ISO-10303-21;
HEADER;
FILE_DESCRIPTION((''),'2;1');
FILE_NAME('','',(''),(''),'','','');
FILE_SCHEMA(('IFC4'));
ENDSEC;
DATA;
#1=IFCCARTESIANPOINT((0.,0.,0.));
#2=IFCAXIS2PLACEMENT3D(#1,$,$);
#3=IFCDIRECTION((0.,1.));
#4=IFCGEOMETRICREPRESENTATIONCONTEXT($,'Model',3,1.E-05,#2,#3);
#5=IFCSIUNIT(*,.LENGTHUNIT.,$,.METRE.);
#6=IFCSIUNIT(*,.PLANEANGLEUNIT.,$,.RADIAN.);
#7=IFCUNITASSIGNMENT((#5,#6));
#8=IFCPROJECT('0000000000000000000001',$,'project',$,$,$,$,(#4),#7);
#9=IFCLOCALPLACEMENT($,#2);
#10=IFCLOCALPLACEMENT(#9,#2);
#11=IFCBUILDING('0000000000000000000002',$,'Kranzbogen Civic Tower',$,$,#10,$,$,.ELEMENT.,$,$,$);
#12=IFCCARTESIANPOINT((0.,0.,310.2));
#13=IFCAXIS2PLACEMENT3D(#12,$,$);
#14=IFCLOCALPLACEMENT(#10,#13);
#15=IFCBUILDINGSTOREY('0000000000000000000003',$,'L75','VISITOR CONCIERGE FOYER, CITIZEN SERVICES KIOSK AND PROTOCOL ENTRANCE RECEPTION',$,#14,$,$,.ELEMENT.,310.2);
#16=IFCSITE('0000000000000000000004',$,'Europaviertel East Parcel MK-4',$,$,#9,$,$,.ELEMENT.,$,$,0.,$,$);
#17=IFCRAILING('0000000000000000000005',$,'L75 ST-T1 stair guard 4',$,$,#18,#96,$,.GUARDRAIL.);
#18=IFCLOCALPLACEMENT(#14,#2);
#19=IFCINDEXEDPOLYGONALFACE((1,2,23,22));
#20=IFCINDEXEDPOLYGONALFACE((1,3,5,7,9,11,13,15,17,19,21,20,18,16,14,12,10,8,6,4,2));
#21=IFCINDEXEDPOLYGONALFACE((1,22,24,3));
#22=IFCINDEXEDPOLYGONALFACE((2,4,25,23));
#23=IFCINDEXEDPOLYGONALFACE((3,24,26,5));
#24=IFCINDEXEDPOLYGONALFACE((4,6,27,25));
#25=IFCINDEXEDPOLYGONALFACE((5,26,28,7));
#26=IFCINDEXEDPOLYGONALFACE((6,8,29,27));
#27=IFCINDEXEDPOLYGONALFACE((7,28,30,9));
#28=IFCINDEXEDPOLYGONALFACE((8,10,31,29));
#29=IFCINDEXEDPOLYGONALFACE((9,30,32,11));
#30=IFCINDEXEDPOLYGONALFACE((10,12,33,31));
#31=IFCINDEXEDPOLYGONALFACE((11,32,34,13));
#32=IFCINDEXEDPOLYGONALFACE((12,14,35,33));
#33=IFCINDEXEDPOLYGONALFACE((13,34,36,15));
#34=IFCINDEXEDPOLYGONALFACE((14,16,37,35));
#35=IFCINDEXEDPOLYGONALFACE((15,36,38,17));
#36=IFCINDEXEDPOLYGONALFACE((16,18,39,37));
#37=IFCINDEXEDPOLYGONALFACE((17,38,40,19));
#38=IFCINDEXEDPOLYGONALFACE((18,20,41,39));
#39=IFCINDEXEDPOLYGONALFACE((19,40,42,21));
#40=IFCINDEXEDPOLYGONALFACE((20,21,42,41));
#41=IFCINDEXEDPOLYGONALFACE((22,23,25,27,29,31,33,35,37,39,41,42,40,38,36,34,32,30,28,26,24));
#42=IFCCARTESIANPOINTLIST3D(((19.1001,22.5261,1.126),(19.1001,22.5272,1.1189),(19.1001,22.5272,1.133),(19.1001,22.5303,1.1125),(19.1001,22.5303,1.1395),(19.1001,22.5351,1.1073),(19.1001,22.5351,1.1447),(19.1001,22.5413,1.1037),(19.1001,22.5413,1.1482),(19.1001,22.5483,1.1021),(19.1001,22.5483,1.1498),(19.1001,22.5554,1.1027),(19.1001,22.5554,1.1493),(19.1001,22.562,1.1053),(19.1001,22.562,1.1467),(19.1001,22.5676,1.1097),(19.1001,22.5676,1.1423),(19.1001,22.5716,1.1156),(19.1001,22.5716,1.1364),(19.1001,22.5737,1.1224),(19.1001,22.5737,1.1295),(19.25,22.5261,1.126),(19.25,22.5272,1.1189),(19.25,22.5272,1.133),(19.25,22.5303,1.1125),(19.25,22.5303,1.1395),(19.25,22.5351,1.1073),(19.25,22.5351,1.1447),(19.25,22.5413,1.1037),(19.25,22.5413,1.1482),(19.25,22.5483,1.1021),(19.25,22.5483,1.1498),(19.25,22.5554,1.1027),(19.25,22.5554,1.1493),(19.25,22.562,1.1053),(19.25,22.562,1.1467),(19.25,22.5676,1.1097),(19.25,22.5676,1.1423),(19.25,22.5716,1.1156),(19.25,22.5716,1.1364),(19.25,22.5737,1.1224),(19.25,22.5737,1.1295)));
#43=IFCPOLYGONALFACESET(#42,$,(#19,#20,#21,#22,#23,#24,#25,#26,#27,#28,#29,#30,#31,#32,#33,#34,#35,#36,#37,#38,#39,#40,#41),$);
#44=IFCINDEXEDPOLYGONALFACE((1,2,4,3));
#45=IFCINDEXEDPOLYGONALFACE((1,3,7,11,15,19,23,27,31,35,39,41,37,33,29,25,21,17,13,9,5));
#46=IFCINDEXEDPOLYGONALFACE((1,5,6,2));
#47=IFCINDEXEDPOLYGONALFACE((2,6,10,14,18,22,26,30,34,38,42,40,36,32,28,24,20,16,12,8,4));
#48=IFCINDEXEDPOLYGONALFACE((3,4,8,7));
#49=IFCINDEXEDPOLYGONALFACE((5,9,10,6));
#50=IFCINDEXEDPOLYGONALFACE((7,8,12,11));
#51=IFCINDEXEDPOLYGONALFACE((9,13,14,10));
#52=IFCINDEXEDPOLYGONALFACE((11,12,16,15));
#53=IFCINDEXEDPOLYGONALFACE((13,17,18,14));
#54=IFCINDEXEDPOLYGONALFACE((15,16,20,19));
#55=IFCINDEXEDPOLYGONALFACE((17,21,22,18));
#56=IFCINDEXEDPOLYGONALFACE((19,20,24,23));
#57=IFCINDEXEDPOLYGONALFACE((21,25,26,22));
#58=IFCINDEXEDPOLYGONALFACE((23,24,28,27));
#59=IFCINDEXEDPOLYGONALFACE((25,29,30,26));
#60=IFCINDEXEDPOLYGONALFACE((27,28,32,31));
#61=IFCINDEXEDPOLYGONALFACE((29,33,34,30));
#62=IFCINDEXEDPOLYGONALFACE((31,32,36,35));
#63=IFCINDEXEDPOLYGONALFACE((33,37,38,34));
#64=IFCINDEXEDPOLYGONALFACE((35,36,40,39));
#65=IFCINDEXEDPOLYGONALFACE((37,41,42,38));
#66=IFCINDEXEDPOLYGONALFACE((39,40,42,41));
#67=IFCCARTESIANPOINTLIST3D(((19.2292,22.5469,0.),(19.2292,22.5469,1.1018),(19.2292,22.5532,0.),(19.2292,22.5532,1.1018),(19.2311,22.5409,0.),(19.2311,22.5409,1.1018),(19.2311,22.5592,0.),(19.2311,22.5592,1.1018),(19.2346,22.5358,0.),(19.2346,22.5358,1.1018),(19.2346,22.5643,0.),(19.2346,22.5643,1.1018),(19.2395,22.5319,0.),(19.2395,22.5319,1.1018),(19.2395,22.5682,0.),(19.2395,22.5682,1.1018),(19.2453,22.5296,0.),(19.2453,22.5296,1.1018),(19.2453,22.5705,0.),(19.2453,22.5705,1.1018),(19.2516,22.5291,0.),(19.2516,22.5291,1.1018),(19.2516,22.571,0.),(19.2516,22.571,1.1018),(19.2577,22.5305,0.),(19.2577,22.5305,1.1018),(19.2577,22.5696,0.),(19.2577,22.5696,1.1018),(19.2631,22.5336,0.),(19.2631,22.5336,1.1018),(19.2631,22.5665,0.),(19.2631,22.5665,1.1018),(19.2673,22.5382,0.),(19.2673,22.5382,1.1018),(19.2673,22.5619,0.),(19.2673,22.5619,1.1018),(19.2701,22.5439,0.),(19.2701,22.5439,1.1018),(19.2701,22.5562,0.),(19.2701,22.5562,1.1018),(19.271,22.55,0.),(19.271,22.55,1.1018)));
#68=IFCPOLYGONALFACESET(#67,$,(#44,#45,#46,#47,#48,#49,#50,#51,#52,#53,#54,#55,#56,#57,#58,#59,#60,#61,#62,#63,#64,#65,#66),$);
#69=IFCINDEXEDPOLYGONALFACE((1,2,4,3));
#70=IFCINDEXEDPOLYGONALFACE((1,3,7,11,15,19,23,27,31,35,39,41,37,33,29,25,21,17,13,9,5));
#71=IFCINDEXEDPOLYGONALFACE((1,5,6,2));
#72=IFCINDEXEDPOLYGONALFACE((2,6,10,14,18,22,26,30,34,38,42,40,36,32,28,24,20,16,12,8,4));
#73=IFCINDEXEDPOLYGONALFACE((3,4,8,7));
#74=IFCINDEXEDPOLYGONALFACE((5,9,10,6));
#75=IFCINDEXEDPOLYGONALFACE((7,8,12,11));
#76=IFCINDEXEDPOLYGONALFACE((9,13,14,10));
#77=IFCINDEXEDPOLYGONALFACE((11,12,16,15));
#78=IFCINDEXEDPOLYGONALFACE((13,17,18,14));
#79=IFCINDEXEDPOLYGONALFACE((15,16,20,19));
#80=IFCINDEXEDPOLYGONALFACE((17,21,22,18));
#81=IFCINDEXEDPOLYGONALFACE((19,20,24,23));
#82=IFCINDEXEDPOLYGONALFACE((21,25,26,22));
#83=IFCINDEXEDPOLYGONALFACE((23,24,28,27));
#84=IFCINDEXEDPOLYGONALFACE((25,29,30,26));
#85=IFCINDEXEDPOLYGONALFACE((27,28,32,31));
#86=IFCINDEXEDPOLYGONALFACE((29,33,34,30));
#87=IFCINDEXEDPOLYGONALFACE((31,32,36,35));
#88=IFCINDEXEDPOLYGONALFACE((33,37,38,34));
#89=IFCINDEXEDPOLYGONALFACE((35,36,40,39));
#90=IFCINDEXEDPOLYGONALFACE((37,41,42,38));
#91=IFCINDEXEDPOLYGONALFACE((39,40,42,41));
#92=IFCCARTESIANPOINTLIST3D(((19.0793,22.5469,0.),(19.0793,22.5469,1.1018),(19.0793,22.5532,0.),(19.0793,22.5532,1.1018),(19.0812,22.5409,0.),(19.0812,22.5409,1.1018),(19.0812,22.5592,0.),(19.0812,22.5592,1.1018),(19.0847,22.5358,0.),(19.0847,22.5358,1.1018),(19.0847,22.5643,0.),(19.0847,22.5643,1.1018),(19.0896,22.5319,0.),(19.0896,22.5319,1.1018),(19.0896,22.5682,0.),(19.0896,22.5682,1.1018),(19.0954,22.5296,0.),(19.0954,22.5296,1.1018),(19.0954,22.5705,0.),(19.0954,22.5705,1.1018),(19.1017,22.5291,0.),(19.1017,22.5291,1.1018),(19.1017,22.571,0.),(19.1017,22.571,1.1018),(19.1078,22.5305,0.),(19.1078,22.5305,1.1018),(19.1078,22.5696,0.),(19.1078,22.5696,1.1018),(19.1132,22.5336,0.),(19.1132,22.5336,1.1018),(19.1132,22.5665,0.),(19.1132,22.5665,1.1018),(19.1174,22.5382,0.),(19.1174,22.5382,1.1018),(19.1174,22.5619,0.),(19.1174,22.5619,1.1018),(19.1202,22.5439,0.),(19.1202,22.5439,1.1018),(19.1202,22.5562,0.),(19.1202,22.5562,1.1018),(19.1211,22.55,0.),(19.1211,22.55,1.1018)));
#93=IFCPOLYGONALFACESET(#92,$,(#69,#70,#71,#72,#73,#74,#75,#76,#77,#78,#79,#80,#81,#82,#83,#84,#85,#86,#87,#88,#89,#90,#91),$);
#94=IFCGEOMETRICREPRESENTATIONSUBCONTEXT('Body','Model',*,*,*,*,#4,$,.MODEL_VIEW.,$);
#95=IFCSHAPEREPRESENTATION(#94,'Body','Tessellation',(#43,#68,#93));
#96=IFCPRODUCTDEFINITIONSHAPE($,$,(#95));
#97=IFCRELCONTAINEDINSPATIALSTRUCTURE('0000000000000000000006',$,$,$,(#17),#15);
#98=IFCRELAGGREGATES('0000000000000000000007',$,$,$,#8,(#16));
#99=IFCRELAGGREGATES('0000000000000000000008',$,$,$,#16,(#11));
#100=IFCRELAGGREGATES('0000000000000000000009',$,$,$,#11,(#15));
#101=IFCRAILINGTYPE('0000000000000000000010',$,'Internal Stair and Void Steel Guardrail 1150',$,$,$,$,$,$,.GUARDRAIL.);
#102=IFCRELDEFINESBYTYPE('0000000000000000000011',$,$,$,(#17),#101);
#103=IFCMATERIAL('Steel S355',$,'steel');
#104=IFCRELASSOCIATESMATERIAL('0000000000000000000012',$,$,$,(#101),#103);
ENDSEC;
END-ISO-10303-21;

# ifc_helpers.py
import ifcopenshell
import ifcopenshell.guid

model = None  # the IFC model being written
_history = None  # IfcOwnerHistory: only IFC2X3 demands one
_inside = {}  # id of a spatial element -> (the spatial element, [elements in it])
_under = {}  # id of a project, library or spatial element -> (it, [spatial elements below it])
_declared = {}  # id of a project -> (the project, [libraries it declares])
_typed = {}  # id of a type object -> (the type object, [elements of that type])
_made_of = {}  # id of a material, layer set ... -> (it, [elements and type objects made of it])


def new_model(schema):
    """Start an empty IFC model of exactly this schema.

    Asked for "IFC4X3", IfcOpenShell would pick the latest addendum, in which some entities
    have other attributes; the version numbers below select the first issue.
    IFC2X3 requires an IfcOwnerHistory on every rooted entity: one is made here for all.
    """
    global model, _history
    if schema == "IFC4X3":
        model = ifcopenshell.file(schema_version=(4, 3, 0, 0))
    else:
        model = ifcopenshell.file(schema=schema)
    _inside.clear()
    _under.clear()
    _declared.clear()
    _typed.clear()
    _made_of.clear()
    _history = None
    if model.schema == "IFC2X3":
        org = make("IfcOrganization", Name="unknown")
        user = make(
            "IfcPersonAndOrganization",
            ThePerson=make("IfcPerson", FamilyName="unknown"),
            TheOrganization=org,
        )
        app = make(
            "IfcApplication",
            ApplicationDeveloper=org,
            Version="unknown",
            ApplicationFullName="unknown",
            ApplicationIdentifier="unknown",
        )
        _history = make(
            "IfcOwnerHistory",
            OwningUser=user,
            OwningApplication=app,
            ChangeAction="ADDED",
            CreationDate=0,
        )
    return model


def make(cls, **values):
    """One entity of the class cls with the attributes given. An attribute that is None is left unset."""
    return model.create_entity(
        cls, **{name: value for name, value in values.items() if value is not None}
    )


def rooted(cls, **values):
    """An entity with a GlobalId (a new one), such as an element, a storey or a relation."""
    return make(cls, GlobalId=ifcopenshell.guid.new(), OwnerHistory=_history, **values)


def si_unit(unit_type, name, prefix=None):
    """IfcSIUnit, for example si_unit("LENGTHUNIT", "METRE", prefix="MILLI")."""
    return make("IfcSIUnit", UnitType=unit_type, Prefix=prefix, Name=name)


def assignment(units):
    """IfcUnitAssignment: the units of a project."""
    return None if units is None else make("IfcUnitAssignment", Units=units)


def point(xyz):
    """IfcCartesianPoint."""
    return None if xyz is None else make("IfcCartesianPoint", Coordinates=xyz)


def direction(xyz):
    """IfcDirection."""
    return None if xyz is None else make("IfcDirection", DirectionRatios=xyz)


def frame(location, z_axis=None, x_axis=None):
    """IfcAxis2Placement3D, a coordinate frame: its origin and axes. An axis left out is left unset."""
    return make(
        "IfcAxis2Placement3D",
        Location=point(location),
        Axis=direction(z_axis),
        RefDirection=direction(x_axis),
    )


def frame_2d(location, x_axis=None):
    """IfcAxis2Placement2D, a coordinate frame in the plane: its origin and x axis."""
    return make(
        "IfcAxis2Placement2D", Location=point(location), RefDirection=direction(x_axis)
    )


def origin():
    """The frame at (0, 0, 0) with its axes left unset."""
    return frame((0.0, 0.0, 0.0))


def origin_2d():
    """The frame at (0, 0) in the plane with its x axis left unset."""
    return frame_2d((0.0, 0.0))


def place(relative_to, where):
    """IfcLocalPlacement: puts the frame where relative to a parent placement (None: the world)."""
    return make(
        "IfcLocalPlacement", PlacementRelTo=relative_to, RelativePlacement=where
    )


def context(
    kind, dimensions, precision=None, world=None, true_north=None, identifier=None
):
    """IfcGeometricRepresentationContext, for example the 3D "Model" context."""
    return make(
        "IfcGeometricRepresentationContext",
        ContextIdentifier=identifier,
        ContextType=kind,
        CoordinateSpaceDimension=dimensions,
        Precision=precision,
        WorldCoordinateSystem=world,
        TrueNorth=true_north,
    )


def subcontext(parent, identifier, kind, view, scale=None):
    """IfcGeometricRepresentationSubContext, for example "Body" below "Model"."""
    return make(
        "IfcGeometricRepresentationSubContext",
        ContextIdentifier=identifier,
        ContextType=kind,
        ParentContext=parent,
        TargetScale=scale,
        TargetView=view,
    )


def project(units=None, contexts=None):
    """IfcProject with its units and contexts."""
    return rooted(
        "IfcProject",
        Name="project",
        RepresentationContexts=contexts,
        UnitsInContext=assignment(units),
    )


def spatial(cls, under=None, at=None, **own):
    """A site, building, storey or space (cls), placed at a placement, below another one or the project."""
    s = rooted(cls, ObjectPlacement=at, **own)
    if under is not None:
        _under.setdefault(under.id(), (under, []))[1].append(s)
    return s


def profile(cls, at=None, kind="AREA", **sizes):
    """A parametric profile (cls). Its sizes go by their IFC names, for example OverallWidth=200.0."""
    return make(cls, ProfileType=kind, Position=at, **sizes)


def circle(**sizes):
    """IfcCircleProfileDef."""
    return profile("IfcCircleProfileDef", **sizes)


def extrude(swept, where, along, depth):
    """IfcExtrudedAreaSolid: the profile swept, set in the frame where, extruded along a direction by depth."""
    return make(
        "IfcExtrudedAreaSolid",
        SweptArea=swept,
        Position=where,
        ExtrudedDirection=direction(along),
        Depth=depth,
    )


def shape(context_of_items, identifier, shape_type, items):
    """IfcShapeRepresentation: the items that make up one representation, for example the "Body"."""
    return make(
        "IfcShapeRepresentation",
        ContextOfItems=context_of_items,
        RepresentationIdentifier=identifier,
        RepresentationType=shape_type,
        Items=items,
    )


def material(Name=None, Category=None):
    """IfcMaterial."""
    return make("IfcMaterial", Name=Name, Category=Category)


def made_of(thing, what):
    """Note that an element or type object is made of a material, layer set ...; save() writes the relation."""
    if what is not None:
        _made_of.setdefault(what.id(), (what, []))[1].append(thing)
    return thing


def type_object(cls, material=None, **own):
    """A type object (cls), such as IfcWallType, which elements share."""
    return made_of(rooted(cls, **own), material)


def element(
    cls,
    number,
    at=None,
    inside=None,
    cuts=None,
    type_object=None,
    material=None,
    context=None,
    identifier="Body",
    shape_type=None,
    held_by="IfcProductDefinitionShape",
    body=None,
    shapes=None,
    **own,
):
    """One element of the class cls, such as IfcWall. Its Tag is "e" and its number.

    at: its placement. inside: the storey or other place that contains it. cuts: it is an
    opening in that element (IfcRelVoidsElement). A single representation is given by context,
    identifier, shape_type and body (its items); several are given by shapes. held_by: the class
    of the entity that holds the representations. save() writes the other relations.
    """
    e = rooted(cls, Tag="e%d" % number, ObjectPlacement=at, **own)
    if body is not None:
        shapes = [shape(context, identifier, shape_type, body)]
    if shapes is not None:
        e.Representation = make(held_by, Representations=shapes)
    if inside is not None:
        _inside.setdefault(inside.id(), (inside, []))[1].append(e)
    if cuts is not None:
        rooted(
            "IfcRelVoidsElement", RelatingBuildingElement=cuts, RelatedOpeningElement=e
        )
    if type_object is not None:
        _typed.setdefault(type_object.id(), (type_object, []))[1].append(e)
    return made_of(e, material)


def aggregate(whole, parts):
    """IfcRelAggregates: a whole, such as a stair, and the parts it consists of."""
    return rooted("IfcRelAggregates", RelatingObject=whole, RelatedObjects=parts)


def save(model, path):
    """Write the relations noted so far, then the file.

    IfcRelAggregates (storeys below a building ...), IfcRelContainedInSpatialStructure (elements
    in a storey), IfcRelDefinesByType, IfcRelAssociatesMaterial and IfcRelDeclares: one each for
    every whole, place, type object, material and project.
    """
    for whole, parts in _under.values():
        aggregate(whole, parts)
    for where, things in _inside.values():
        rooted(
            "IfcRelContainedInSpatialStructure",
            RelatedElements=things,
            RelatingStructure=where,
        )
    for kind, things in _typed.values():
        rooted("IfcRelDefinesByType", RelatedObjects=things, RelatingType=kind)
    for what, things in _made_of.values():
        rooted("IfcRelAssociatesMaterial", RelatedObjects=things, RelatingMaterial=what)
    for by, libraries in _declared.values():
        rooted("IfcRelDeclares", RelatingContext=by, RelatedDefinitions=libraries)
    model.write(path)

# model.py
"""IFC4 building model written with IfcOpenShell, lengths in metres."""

from ifc_helpers import new_model, si_unit, direction, frame, origin, origin_2d, place, context, subcontext, project, spatial, circle, extrude, material, type_object, element, save


model = new_model("IFC4")

# Units and contexts
model_context = context("Model", 3, precision=1e-05, world=origin(), true_north=direction((0.0, 1.0)))
body_context = subcontext(model_context, "Body", "Model", "MODEL_VIEW")
ifc_project = project(units=[si_unit("LENGTHUNIT", "METRE"), si_unit("PLANEANGLEUNIT", "RADIAN")], contexts=[model_context])

# Site, building, storey
site_placement = place(None, origin())
site = spatial("IfcSite", under=ifc_project, at=site_placement, Name="Europaviertel East Parcel MK-4", CompositionType="ELEMENT", RefElevation=0.0)
building_placement = place(site_placement, origin())
building = spatial("IfcBuilding", under=site, at=building_placement, Name="Kranzbogen Civic Tower", CompositionType="ELEMENT")
storey_placement = place(building_placement, frame((0.0, 0.0, 310.2)))
storey = spatial("IfcBuildingStorey", under=building, at=storey_placement, Name="L75", Description="VISITOR CONCIERGE FOYER, CITIZEN SERVICES KIOSK AND PROTOCOL ENTRANCE RECEPTION", CompositionType="ELEMENT", Elevation=310.2)

# Shared definitions
ifc_material_1 = material(Name="Steel S355", Category="steel")

# Railing
railing_type_1 = type_object("IfcRailingType", Name="Internal Stair and Void Steel Guardrail 1150", PredefinedType="GUARDRAIL", material=ifc_material_1)
railing_1_placement = place(storey_placement, frame((19.25, 22.55, 0.0)))
element("IfcRailing", 1, at=railing_1_placement, inside=storey, type_object=railing_type_1, Name="L75 ST-T1 stair guard 4", PredefinedType="GUARDRAIL", context=body_context, shape_type="SweptSolid", body=[
    extrude(circle(Radius=0.0239, at=origin_2d()), frame((0.0, 0.0, 1.126), z_axis=(-1.0, 0.0, 0.0), x_axis=(0.0, -1.0, 0.0)), (0.0, 0.0, 1.0), 0.1499),
    extrude(circle(Radius=0.021, at=origin_2d()), origin(), (0.0, 0.0, 1.0), 1.1018),
    extrude(circle(Radius=0.021, at=origin_2d()), frame((-0.1499, 0.0, 0.0)), (0.0, 0.0, 1.0), 1.1018),
])

save(model, "model.ifc")
